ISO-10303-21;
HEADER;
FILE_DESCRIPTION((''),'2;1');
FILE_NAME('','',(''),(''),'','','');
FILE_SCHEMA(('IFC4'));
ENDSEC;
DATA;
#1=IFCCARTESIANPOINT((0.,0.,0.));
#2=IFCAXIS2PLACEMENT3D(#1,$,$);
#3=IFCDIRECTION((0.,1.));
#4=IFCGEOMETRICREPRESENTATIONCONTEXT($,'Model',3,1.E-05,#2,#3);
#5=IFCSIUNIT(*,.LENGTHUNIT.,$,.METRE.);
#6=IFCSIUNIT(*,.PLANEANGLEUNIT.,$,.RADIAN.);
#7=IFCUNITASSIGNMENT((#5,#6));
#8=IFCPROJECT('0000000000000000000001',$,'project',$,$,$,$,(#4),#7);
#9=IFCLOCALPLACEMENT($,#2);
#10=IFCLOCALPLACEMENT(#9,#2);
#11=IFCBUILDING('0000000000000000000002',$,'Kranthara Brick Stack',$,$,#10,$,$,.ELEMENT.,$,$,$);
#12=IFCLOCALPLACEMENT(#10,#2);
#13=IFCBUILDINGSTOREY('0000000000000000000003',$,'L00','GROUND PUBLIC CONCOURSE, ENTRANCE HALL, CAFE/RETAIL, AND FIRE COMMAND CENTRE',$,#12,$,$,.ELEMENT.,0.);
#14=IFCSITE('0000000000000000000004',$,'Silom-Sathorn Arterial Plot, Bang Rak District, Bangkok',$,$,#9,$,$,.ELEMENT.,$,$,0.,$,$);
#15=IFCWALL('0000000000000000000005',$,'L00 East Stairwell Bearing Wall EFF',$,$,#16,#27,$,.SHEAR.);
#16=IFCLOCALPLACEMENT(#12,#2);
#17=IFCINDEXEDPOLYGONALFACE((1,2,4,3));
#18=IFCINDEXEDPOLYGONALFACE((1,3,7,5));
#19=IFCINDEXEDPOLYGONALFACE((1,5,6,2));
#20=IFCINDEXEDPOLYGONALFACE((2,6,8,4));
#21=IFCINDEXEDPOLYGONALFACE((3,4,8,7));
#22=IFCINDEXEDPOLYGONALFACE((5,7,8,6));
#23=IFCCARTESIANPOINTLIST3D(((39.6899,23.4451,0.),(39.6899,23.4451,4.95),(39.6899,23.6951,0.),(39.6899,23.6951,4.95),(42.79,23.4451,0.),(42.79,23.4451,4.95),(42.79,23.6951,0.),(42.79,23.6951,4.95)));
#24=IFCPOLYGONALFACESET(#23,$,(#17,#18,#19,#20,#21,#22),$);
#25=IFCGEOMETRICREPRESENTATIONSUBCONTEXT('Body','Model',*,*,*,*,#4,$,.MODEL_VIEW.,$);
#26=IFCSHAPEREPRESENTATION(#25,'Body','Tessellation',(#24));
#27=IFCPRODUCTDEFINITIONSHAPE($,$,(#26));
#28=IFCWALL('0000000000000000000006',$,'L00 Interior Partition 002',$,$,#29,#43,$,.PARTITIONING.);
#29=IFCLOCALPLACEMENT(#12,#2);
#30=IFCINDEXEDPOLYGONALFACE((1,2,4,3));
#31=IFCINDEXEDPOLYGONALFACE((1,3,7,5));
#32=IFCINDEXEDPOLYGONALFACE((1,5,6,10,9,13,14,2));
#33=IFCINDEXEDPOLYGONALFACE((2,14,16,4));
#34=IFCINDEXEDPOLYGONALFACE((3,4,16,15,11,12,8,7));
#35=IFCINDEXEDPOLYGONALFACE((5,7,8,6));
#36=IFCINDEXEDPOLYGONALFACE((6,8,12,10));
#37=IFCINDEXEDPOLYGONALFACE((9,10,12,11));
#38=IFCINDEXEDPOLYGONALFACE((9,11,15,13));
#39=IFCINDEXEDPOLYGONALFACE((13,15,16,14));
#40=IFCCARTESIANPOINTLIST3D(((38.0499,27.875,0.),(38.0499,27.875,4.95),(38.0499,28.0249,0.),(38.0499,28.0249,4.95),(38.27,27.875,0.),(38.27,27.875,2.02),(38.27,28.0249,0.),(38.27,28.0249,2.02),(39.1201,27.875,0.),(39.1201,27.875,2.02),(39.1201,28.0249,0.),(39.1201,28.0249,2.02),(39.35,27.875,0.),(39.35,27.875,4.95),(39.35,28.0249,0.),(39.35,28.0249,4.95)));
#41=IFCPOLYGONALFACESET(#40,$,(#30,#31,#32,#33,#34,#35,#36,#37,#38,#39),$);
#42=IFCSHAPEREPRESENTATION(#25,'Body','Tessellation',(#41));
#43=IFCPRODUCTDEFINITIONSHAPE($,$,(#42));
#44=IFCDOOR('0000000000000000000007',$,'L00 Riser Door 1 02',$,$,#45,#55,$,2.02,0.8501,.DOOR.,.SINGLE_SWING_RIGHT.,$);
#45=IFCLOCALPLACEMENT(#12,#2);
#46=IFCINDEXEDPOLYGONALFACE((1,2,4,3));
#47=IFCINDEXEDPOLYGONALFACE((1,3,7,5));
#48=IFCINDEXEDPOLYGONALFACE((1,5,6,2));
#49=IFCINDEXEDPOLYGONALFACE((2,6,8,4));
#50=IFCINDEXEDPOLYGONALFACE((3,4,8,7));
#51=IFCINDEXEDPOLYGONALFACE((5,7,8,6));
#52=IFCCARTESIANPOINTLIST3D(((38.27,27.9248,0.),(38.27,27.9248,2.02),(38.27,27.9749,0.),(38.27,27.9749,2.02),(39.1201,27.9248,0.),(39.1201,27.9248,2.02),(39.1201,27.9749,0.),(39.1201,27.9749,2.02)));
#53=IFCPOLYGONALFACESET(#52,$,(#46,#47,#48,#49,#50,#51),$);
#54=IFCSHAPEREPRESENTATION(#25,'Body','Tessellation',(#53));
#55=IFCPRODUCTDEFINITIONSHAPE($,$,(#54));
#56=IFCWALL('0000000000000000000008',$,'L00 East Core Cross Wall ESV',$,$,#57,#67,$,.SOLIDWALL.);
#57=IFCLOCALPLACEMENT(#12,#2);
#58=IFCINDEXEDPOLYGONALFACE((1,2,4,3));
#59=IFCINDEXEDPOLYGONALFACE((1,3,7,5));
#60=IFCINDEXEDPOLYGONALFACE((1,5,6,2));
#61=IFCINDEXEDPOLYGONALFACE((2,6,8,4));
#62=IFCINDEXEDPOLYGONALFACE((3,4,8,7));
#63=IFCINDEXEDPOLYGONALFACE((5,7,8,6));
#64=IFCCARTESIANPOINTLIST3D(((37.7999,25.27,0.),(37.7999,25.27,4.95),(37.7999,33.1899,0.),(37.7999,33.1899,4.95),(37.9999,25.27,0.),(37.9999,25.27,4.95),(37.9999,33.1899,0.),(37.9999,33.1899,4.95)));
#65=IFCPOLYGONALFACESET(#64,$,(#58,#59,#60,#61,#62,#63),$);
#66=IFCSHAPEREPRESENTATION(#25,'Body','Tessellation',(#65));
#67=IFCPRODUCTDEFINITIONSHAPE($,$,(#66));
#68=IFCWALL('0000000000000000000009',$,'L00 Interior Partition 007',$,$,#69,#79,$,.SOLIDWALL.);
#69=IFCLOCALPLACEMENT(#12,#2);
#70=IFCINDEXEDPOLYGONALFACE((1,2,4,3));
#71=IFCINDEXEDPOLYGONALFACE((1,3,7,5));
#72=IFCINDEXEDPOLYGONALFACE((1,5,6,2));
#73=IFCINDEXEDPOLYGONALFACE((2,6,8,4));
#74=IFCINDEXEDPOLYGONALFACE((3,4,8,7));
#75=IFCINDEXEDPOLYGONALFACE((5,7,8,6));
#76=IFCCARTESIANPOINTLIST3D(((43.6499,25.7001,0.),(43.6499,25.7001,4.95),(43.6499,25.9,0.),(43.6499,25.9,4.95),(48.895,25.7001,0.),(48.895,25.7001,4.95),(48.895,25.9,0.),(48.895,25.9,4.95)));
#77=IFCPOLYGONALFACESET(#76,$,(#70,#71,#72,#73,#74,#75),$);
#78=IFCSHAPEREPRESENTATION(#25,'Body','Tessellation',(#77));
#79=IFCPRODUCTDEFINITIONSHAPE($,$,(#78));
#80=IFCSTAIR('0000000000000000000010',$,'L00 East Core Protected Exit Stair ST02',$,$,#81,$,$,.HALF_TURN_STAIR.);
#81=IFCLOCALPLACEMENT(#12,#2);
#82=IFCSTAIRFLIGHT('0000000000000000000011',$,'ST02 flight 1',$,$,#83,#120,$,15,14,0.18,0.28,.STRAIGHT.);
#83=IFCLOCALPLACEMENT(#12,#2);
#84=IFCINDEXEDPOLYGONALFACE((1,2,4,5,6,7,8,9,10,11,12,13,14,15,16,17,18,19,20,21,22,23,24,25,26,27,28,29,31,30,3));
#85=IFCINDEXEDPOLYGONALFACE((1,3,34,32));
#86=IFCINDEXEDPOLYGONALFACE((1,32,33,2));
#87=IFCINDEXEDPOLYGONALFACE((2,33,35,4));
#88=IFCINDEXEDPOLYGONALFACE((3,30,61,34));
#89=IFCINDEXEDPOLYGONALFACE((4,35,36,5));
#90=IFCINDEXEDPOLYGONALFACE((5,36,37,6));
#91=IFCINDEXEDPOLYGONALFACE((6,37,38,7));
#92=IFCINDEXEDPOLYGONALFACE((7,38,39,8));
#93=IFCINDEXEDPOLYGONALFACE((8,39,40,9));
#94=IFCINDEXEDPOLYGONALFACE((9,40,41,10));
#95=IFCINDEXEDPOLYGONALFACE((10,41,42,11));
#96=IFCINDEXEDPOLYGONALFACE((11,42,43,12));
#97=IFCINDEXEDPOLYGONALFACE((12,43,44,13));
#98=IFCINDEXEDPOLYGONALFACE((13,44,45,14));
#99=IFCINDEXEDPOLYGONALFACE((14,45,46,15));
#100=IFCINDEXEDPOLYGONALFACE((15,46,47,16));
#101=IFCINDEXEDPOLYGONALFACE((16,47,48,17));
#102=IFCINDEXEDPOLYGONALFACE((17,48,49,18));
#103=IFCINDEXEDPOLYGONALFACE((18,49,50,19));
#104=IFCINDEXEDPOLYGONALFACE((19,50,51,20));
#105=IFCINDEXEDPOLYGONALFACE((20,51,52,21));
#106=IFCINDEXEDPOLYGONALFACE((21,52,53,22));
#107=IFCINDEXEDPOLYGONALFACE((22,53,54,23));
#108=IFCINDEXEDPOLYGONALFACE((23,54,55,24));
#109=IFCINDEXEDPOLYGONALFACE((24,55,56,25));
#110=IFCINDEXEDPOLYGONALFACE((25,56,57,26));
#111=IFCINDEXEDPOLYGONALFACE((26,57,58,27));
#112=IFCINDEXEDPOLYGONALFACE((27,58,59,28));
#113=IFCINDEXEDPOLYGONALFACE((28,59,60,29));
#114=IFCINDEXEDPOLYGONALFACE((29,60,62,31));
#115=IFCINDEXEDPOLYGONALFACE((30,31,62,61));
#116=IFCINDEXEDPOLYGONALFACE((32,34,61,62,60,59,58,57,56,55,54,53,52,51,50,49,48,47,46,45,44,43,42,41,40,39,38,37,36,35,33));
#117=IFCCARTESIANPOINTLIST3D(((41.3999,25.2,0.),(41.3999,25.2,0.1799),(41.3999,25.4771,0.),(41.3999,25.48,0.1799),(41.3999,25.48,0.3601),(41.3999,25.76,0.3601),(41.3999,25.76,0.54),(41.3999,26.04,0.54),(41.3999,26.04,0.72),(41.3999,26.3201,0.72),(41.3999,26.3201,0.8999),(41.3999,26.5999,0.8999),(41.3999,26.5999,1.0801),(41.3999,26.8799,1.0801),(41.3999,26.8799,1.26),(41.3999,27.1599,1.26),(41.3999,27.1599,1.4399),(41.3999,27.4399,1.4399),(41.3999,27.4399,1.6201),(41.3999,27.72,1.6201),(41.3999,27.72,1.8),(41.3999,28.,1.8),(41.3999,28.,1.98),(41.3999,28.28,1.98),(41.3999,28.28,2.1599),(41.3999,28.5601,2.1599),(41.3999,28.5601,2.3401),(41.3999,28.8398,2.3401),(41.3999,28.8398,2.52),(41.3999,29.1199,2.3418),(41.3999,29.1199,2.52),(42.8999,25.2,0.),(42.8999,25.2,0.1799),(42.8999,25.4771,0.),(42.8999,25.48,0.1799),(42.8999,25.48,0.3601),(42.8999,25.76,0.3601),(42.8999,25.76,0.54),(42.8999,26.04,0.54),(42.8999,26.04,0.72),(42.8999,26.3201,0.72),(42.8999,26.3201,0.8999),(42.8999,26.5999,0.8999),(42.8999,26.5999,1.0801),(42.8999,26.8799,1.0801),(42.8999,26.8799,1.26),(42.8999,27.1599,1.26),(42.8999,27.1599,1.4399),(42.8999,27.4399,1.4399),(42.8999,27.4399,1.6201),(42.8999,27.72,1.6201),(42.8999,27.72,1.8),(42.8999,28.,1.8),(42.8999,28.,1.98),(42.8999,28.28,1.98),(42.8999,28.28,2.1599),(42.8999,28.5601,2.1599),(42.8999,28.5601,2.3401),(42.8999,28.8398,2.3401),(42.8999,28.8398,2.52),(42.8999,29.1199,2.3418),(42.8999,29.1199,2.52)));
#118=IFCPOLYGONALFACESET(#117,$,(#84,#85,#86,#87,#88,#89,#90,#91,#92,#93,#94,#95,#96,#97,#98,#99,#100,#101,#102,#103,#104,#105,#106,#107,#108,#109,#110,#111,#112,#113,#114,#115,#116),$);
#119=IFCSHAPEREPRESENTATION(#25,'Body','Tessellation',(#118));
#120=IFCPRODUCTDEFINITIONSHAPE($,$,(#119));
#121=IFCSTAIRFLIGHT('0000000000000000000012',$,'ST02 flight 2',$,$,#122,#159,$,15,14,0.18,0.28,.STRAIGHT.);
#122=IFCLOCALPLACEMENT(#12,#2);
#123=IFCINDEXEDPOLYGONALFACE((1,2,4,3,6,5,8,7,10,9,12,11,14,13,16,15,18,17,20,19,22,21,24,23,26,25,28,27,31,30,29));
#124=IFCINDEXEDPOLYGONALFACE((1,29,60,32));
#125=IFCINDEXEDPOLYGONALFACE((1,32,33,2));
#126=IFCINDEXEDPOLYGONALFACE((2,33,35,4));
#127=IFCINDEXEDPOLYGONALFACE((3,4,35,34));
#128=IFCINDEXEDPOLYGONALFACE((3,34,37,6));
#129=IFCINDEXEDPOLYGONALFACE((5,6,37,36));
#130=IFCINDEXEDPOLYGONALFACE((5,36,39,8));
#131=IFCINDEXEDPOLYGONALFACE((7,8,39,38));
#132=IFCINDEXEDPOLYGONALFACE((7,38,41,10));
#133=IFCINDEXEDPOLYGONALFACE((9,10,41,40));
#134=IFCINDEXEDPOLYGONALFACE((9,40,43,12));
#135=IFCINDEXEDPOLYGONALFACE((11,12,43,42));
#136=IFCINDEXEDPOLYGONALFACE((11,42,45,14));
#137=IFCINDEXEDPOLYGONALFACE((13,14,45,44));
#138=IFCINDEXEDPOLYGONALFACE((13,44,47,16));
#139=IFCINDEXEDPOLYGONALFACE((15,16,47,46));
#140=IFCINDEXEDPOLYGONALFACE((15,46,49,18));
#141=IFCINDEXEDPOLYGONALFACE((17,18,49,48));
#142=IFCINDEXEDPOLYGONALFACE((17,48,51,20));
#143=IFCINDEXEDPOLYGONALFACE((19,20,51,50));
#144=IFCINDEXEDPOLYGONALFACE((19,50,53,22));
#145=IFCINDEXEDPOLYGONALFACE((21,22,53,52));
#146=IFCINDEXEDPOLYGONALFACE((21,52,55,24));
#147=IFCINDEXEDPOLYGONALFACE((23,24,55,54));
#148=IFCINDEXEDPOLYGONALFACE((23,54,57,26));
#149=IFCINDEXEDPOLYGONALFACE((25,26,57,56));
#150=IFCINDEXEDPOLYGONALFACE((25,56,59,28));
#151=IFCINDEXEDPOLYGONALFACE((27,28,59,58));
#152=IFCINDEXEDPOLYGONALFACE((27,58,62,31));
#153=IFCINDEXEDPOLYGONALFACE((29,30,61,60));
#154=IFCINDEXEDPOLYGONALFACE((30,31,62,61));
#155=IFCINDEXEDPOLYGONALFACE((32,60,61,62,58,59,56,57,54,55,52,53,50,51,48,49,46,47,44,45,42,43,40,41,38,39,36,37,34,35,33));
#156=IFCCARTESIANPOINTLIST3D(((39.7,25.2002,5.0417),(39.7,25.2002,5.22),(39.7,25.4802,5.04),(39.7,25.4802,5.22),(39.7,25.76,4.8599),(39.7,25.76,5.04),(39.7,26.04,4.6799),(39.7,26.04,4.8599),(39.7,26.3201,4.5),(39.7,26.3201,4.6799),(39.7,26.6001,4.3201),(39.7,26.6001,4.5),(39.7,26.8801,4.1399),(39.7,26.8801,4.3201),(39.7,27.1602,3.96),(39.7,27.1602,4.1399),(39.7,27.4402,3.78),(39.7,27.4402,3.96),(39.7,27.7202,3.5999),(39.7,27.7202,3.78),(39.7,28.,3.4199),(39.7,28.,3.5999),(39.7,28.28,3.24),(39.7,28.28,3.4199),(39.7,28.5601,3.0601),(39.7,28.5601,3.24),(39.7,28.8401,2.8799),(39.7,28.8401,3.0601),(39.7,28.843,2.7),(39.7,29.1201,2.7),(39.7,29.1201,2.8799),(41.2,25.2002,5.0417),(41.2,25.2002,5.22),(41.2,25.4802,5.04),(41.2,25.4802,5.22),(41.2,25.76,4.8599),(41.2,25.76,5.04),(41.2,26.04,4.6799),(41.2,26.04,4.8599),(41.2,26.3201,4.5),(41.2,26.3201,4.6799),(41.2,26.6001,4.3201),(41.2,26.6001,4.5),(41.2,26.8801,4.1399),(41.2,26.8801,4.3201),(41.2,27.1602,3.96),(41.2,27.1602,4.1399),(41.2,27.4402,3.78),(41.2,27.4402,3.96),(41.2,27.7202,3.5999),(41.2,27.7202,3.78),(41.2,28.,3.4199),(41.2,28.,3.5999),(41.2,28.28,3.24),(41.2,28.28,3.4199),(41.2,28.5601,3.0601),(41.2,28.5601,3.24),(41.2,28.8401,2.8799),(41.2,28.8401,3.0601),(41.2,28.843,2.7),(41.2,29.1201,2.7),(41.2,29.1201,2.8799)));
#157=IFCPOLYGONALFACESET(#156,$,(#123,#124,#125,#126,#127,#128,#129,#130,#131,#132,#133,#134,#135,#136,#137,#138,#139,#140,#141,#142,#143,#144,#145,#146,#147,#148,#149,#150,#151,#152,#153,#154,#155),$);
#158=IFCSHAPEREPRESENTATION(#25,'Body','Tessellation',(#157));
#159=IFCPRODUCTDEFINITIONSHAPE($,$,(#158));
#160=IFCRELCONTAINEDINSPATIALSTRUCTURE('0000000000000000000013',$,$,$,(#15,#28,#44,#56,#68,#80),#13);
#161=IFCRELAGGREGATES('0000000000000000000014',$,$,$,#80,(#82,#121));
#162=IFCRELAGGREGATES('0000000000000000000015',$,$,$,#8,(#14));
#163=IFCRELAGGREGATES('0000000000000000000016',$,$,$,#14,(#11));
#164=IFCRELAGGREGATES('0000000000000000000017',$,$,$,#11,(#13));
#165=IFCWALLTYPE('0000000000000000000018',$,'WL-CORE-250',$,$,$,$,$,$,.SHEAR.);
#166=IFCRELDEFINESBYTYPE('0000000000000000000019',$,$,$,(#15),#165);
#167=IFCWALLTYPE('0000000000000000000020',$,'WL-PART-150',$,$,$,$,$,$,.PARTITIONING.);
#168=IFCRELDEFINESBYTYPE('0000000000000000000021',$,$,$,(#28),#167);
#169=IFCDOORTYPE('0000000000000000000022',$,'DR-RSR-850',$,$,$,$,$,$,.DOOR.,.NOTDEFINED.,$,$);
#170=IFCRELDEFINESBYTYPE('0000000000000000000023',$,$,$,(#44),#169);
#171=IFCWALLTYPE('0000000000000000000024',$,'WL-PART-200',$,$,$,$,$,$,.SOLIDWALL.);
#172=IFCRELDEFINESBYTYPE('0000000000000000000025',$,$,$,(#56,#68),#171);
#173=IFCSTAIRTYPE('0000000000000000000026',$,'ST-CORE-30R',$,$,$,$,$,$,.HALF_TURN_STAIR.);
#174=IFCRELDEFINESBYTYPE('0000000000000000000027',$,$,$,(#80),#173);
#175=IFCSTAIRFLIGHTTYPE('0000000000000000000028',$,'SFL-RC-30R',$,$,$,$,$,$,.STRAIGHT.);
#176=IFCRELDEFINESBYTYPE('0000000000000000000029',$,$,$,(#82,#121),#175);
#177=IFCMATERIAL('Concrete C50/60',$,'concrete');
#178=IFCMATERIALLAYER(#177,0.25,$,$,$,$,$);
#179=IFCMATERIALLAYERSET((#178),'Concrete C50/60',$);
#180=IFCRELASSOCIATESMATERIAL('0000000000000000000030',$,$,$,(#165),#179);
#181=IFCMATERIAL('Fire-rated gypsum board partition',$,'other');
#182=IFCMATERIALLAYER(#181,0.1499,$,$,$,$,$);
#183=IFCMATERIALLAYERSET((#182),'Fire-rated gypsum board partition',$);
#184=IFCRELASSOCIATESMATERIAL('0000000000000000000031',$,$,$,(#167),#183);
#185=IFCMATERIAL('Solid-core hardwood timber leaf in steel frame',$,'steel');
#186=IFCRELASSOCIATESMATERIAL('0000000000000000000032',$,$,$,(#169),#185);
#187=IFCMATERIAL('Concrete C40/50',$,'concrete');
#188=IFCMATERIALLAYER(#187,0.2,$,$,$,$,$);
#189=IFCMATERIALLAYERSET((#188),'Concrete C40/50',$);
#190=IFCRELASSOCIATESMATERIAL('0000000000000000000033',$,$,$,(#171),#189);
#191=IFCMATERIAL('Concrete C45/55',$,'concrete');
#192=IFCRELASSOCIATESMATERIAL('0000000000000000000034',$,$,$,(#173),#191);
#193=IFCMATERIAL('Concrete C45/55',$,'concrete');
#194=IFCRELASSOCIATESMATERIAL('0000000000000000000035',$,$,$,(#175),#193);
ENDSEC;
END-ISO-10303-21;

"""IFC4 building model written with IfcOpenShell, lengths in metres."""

from ifc_helpers import new_model, si_unit, direction, frame, frame_2d, origin, place, context, subcontext, project, spatial, polyline, rectangle, outline, extrude, material, layer, layer_set, type_object, element, fill, aggregate, save


model = new_model("IFC4")

# Units and contexts
model_context = context("Model", 3, precision=1e-05, world=origin(), true_north=direction((0.0, 1.0)))
body_context = subcontext(model_context, "Body", "Model", "MODEL_VIEW")
ifc_project = project(units=[si_unit("LENGTHUNIT", "METRE"), si_unit("PLANEANGLEUNIT", "RADIAN")], contexts=[model_context])

# Site, building, storey
site_placement = place(None, origin())
site = spatial("IfcSite", under=ifc_project, at=site_placement, Name="Silom-Sathorn Arterial Plot, Bang Rak District, Bangkok", CompositionType="ELEMENT", RefElevation=0.0)
building_placement = place(site_placement, origin())
building = spatial("IfcBuilding", under=site, at=building_placement, Name="Kranthara Brick Stack", CompositionType="ELEMENT")
storey_placement = place(building_placement, origin())
storey = spatial("IfcBuildingStorey", under=building, at=storey_placement, Name="L00", Description="GROUND PUBLIC CONCOURSE, ENTRANCE HALL, CAFE/RETAIL, AND FIRE COMMAND CENTRE", CompositionType="ELEMENT", Elevation=0.0)

# Shared definitions
ifc_material_1 = material(Name="Concrete C50/60", Category="concrete")
ifc_layer_1 = layer(ifc_material_1, 0.25)
ifc_layer_set_1 = layer_set([ifc_layer_1], Name="Concrete C50/60")
wall_type_1 = type_object("IfcWallType", Name="WL-CORE-250", PredefinedType="SHEAR", material=ifc_layer_set_1)

# Wall
wall_1_placement = place(storey_placement, frame((39.6899, 23.5701, 0.0), z_axis=(0.0, 0.0, 1.0), x_axis=(1.0, 0.0, 0.0)))
element("IfcWall", 1, at=wall_1_placement, inside=storey, type_object=wall_type_1, Name="L00 East Stairwell Bearing Wall EFF", PredefinedType="SHEAR", context=body_context, shape_type="SweptSolid", body=[
    extrude(rectangle(XDim=3.1001, YDim=0.25, at=frame_2d((1.55, 0.0))), origin(), (0.0, 0.0, 1.0), 4.95),
])

# Wall, opening, door
ifc_material_2 = material(Name="Fire-rated gypsum board partition", Category="other")
ifc_layer_2 = layer(ifc_material_2, 0.1499)
ifc_layer_set_2 = layer_set([ifc_layer_2], Name="Fire-rated gypsum board partition")
wall_type_2 = type_object("IfcWallType", Name="WL-PART-150", PredefinedType="PARTITIONING", material=ifc_layer_set_2)
wall_2_placement = place(storey_placement, frame((38.05, 27.95, 0.0), z_axis=(0.0, 0.0, 1.0), x_axis=(1.0, 0.0, 0.0)))
wall_2 = element("IfcWall", 2, at=wall_2_placement, inside=storey, type_object=wall_type_2, Name="L00 Interior Partition 002", PredefinedType="PARTITIONING", context=body_context, shape_type="SweptSolid", body=[
    extrude(rectangle(XDim=1.3, YDim=0.1499, at=frame_2d((0.6499, 0.0))), origin(), (0.0, 0.0, 1.0), 4.95),
])
opening_1_placement = place(wall_2_placement, frame((0.22, 0.0, 0.0)))
opening_1 = element("IfcOpeningElement", 3, at=opening_1_placement, cuts=wall_2, PredefinedType="OPENING", context=body_context, shape_type="SweptSolid", body=[
    extrude(rectangle(XDim=0.8501, YDim=2.02, at=frame_2d((0.425, 1.01))), frame((0.0, 0.085, 0.0), z_axis=(0.0, -1.0, 0.0), x_axis=(1.0, 0.0, 0.0)), (0.0, 0.0, 1.0), 0.1699),
])
ifc_material_3 = material(Name="Solid-core hardwood timber leaf in steel frame", Category="steel")
door_type_1 = type_object("IfcDoorType", Name="DR-RSR-850", OperationType="NOTDEFINED", PredefinedType="DOOR", material=ifc_material_3)
door_1_placement = place(opening_1_placement, origin())
door_1 = element("IfcDoor", 4, at=door_1_placement, inside=storey, type_object=door_type_1, Name="L00 Riser Door 1 02", OperationType="SINGLE_SWING_RIGHT", OverallHeight=2.02, OverallWidth=0.8501, PredefinedType="DOOR", context=body_context, shape_type="SweptSolid", body=[
    extrude(rectangle(XDim=0.8501, YDim=2.02, at=frame_2d((0.425, 1.01))), frame((0.0, 0.0249, 0.0), z_axis=(0.0, -1.0, 0.0), x_axis=(1.0, 0.0, 0.0)), (0.0, 0.0, 1.0), 0.05),
])
fill(opening_1, door_1)

# Walls
ifc_material_4 = material(Name="Concrete C40/50", Category="concrete")
ifc_layer_3 = layer(ifc_material_4, 0.2)
ifc_layer_set_3 = layer_set([ifc_layer_3], Name="Concrete C40/50")
wall_type_3 = type_object("IfcWallType", Name="WL-PART-200", PredefinedType="SOLIDWALL", material=ifc_layer_set_3)
wall_3_placement = place(storey_placement, frame((37.8999, 25.27, 0.0), z_axis=(0.0, 0.0, 1.0), x_axis=(0.0, 1.0, 0.0)))
element("IfcWall", 5, at=wall_3_placement, inside=storey, type_object=wall_type_3, Name="L00 East Core Cross Wall ESV", PredefinedType="SOLIDWALL", context=body_context, shape_type="SweptSolid", body=[
    extrude(rectangle(XDim=7.9199, YDim=0.2, at=frame_2d((3.96, 0.0))), origin(), (0.0, 0.0, 1.0), 4.95),
])
wall_4_placement = place(storey_placement, frame((43.6499, 25.8, 0.0), z_axis=(0.0, 0.0, 1.0), x_axis=(1.0, 0.0, 0.0)))
element("IfcWall", 6, at=wall_4_placement, inside=storey, type_object=wall_type_3, Name="L00 Interior Partition 007", PredefinedType="SOLIDWALL", context=body_context, shape_type="SweptSolid", body=[
    extrude(rectangle(XDim=5.2451, YDim=0.2, at=frame_2d((2.6226, 0.0))), origin(), (0.0, 0.0, 1.0), 4.95),
])

# Stair, stair flights
ifc_material_5 = material(Name="Concrete C45/55", Category="concrete")
stair_type = type_object("IfcStairType", Name="ST-CORE-30R", PredefinedType="HALF_TURN_STAIR", material=ifc_material_5)
stair_placement = place(storey_placement, origin())
stair = element("IfcStair", 7, at=stair_placement, inside=storey, type_object=stair_type, Name="L00 East Core Protected Exit Stair ST02", PredefinedType="HALF_TURN_STAIR")
ifc_material_6 = material(Name="Concrete C45/55", Category="concrete")
stair_flight_type = type_object("IfcStairFlightType", Name="SFL-RC-30R", PredefinedType="STRAIGHT", material=ifc_material_6)
stair_flight_1_placement = place(storey_placement, frame((42.1499, 25.2, 0.0), z_axis=(0.0, 0.0, 1.0), x_axis=(0.0, 1.0, 0.0)))
stair_flight_1 = element("IfcStairFlight", 8, at=stair_flight_1_placement, type_object=stair_flight_type, Name="ST02 flight 1", NumberOfRisers=15, NumberOfTreads=14, PredefinedType="STRAIGHT", RiserHeight=0.18, TreadLength=0.28, context=body_context, shape_type="SweptSolid", body=[
    extrude(outline(polyline([(0.0, 0.0), (0.0, 0.1799), (0.28, 0.1799), (0.28, 0.3601), (0.5601, 0.3601), (0.5601, 0.54), (0.8401, 0.54), (0.8401, 0.72), (1.1201, 0.72), (1.1201, 0.8999), (1.3999, 0.8999), (1.3999, 1.0801), (1.6799, 1.0801), (1.6799, 1.26), (1.96, 1.26), (1.96, 1.4399), (2.24, 1.4399), (2.24, 1.6201), (2.52, 1.6201), (2.52, 1.8), (2.8, 1.8), (2.8, 1.98), (3.0801, 1.98), (3.0801, 2.1599), (3.3601, 2.1599), (3.3601, 2.3401), (3.6399, 2.3401), (3.6399, 2.52), (3.9199, 2.52), (3.9199, 2.7), (3.9199, 2.3418), (0.2771, 0.0), (0.0, 0.0)])), frame((0.0, 0.75, 0.0), z_axis=(0.0, -1.0, 0.0), x_axis=(1.0, 0.0, 0.0)), (0.0, 0.0, 1.0), 1.5),
])
stair_flight_2_placement = place(storey_placement, frame((40.45, 29.1201, 2.7), z_axis=(0.0, 0.0, 1.0), x_axis=(0.0, -1.0, 0.0)))
stair_flight_2 = element("IfcStairFlight", 9, at=stair_flight_2_placement, type_object=stair_flight_type, Name="ST02 flight 2", NumberOfRisers=15, NumberOfTreads=14, PredefinedType="STRAIGHT", RiserHeight=0.18, TreadLength=0.28, context=body_context, shape_type="SweptSolid", body=[
    extrude(outline(polyline([(0.0, 0.0), (0.0, 0.1799), (0.28, 0.1799), (0.28, 0.3601), (0.5601, 0.3601), (0.5601, 0.54), (0.8401, 0.54), (0.8401, 0.72), (1.1201, 0.72), (1.1201, 0.8999), (1.3999, 0.8999), (1.3999, 1.0801), (1.6799, 1.0801), (1.6799, 1.26), (1.96, 1.26), (1.96, 1.4399), (2.24, 1.4399), (2.24, 1.6201), (2.52, 1.6201), (2.52, 1.8), (2.8, 1.8), (2.8, 1.98), (3.0801, 1.98), (3.0801, 2.1599), (3.3601, 2.1599), (3.3601, 2.3401), (3.6399, 2.3401), (3.6399, 2.52), (3.9199, 2.52), (3.9199, 2.7), (3.9199, 2.3418), (0.2771, 0.0), (0.0, 0.0)])), frame((0.0, 0.75, 0.0), z_axis=(0.0, -1.0, 0.0), x_axis=(1.0, 0.0, 0.0)), (0.0, 0.0, 1.0), 1.5),
])
aggregate(stair, [stair_flight_1, stair_flight_2])

save(model, "model.ifc")
